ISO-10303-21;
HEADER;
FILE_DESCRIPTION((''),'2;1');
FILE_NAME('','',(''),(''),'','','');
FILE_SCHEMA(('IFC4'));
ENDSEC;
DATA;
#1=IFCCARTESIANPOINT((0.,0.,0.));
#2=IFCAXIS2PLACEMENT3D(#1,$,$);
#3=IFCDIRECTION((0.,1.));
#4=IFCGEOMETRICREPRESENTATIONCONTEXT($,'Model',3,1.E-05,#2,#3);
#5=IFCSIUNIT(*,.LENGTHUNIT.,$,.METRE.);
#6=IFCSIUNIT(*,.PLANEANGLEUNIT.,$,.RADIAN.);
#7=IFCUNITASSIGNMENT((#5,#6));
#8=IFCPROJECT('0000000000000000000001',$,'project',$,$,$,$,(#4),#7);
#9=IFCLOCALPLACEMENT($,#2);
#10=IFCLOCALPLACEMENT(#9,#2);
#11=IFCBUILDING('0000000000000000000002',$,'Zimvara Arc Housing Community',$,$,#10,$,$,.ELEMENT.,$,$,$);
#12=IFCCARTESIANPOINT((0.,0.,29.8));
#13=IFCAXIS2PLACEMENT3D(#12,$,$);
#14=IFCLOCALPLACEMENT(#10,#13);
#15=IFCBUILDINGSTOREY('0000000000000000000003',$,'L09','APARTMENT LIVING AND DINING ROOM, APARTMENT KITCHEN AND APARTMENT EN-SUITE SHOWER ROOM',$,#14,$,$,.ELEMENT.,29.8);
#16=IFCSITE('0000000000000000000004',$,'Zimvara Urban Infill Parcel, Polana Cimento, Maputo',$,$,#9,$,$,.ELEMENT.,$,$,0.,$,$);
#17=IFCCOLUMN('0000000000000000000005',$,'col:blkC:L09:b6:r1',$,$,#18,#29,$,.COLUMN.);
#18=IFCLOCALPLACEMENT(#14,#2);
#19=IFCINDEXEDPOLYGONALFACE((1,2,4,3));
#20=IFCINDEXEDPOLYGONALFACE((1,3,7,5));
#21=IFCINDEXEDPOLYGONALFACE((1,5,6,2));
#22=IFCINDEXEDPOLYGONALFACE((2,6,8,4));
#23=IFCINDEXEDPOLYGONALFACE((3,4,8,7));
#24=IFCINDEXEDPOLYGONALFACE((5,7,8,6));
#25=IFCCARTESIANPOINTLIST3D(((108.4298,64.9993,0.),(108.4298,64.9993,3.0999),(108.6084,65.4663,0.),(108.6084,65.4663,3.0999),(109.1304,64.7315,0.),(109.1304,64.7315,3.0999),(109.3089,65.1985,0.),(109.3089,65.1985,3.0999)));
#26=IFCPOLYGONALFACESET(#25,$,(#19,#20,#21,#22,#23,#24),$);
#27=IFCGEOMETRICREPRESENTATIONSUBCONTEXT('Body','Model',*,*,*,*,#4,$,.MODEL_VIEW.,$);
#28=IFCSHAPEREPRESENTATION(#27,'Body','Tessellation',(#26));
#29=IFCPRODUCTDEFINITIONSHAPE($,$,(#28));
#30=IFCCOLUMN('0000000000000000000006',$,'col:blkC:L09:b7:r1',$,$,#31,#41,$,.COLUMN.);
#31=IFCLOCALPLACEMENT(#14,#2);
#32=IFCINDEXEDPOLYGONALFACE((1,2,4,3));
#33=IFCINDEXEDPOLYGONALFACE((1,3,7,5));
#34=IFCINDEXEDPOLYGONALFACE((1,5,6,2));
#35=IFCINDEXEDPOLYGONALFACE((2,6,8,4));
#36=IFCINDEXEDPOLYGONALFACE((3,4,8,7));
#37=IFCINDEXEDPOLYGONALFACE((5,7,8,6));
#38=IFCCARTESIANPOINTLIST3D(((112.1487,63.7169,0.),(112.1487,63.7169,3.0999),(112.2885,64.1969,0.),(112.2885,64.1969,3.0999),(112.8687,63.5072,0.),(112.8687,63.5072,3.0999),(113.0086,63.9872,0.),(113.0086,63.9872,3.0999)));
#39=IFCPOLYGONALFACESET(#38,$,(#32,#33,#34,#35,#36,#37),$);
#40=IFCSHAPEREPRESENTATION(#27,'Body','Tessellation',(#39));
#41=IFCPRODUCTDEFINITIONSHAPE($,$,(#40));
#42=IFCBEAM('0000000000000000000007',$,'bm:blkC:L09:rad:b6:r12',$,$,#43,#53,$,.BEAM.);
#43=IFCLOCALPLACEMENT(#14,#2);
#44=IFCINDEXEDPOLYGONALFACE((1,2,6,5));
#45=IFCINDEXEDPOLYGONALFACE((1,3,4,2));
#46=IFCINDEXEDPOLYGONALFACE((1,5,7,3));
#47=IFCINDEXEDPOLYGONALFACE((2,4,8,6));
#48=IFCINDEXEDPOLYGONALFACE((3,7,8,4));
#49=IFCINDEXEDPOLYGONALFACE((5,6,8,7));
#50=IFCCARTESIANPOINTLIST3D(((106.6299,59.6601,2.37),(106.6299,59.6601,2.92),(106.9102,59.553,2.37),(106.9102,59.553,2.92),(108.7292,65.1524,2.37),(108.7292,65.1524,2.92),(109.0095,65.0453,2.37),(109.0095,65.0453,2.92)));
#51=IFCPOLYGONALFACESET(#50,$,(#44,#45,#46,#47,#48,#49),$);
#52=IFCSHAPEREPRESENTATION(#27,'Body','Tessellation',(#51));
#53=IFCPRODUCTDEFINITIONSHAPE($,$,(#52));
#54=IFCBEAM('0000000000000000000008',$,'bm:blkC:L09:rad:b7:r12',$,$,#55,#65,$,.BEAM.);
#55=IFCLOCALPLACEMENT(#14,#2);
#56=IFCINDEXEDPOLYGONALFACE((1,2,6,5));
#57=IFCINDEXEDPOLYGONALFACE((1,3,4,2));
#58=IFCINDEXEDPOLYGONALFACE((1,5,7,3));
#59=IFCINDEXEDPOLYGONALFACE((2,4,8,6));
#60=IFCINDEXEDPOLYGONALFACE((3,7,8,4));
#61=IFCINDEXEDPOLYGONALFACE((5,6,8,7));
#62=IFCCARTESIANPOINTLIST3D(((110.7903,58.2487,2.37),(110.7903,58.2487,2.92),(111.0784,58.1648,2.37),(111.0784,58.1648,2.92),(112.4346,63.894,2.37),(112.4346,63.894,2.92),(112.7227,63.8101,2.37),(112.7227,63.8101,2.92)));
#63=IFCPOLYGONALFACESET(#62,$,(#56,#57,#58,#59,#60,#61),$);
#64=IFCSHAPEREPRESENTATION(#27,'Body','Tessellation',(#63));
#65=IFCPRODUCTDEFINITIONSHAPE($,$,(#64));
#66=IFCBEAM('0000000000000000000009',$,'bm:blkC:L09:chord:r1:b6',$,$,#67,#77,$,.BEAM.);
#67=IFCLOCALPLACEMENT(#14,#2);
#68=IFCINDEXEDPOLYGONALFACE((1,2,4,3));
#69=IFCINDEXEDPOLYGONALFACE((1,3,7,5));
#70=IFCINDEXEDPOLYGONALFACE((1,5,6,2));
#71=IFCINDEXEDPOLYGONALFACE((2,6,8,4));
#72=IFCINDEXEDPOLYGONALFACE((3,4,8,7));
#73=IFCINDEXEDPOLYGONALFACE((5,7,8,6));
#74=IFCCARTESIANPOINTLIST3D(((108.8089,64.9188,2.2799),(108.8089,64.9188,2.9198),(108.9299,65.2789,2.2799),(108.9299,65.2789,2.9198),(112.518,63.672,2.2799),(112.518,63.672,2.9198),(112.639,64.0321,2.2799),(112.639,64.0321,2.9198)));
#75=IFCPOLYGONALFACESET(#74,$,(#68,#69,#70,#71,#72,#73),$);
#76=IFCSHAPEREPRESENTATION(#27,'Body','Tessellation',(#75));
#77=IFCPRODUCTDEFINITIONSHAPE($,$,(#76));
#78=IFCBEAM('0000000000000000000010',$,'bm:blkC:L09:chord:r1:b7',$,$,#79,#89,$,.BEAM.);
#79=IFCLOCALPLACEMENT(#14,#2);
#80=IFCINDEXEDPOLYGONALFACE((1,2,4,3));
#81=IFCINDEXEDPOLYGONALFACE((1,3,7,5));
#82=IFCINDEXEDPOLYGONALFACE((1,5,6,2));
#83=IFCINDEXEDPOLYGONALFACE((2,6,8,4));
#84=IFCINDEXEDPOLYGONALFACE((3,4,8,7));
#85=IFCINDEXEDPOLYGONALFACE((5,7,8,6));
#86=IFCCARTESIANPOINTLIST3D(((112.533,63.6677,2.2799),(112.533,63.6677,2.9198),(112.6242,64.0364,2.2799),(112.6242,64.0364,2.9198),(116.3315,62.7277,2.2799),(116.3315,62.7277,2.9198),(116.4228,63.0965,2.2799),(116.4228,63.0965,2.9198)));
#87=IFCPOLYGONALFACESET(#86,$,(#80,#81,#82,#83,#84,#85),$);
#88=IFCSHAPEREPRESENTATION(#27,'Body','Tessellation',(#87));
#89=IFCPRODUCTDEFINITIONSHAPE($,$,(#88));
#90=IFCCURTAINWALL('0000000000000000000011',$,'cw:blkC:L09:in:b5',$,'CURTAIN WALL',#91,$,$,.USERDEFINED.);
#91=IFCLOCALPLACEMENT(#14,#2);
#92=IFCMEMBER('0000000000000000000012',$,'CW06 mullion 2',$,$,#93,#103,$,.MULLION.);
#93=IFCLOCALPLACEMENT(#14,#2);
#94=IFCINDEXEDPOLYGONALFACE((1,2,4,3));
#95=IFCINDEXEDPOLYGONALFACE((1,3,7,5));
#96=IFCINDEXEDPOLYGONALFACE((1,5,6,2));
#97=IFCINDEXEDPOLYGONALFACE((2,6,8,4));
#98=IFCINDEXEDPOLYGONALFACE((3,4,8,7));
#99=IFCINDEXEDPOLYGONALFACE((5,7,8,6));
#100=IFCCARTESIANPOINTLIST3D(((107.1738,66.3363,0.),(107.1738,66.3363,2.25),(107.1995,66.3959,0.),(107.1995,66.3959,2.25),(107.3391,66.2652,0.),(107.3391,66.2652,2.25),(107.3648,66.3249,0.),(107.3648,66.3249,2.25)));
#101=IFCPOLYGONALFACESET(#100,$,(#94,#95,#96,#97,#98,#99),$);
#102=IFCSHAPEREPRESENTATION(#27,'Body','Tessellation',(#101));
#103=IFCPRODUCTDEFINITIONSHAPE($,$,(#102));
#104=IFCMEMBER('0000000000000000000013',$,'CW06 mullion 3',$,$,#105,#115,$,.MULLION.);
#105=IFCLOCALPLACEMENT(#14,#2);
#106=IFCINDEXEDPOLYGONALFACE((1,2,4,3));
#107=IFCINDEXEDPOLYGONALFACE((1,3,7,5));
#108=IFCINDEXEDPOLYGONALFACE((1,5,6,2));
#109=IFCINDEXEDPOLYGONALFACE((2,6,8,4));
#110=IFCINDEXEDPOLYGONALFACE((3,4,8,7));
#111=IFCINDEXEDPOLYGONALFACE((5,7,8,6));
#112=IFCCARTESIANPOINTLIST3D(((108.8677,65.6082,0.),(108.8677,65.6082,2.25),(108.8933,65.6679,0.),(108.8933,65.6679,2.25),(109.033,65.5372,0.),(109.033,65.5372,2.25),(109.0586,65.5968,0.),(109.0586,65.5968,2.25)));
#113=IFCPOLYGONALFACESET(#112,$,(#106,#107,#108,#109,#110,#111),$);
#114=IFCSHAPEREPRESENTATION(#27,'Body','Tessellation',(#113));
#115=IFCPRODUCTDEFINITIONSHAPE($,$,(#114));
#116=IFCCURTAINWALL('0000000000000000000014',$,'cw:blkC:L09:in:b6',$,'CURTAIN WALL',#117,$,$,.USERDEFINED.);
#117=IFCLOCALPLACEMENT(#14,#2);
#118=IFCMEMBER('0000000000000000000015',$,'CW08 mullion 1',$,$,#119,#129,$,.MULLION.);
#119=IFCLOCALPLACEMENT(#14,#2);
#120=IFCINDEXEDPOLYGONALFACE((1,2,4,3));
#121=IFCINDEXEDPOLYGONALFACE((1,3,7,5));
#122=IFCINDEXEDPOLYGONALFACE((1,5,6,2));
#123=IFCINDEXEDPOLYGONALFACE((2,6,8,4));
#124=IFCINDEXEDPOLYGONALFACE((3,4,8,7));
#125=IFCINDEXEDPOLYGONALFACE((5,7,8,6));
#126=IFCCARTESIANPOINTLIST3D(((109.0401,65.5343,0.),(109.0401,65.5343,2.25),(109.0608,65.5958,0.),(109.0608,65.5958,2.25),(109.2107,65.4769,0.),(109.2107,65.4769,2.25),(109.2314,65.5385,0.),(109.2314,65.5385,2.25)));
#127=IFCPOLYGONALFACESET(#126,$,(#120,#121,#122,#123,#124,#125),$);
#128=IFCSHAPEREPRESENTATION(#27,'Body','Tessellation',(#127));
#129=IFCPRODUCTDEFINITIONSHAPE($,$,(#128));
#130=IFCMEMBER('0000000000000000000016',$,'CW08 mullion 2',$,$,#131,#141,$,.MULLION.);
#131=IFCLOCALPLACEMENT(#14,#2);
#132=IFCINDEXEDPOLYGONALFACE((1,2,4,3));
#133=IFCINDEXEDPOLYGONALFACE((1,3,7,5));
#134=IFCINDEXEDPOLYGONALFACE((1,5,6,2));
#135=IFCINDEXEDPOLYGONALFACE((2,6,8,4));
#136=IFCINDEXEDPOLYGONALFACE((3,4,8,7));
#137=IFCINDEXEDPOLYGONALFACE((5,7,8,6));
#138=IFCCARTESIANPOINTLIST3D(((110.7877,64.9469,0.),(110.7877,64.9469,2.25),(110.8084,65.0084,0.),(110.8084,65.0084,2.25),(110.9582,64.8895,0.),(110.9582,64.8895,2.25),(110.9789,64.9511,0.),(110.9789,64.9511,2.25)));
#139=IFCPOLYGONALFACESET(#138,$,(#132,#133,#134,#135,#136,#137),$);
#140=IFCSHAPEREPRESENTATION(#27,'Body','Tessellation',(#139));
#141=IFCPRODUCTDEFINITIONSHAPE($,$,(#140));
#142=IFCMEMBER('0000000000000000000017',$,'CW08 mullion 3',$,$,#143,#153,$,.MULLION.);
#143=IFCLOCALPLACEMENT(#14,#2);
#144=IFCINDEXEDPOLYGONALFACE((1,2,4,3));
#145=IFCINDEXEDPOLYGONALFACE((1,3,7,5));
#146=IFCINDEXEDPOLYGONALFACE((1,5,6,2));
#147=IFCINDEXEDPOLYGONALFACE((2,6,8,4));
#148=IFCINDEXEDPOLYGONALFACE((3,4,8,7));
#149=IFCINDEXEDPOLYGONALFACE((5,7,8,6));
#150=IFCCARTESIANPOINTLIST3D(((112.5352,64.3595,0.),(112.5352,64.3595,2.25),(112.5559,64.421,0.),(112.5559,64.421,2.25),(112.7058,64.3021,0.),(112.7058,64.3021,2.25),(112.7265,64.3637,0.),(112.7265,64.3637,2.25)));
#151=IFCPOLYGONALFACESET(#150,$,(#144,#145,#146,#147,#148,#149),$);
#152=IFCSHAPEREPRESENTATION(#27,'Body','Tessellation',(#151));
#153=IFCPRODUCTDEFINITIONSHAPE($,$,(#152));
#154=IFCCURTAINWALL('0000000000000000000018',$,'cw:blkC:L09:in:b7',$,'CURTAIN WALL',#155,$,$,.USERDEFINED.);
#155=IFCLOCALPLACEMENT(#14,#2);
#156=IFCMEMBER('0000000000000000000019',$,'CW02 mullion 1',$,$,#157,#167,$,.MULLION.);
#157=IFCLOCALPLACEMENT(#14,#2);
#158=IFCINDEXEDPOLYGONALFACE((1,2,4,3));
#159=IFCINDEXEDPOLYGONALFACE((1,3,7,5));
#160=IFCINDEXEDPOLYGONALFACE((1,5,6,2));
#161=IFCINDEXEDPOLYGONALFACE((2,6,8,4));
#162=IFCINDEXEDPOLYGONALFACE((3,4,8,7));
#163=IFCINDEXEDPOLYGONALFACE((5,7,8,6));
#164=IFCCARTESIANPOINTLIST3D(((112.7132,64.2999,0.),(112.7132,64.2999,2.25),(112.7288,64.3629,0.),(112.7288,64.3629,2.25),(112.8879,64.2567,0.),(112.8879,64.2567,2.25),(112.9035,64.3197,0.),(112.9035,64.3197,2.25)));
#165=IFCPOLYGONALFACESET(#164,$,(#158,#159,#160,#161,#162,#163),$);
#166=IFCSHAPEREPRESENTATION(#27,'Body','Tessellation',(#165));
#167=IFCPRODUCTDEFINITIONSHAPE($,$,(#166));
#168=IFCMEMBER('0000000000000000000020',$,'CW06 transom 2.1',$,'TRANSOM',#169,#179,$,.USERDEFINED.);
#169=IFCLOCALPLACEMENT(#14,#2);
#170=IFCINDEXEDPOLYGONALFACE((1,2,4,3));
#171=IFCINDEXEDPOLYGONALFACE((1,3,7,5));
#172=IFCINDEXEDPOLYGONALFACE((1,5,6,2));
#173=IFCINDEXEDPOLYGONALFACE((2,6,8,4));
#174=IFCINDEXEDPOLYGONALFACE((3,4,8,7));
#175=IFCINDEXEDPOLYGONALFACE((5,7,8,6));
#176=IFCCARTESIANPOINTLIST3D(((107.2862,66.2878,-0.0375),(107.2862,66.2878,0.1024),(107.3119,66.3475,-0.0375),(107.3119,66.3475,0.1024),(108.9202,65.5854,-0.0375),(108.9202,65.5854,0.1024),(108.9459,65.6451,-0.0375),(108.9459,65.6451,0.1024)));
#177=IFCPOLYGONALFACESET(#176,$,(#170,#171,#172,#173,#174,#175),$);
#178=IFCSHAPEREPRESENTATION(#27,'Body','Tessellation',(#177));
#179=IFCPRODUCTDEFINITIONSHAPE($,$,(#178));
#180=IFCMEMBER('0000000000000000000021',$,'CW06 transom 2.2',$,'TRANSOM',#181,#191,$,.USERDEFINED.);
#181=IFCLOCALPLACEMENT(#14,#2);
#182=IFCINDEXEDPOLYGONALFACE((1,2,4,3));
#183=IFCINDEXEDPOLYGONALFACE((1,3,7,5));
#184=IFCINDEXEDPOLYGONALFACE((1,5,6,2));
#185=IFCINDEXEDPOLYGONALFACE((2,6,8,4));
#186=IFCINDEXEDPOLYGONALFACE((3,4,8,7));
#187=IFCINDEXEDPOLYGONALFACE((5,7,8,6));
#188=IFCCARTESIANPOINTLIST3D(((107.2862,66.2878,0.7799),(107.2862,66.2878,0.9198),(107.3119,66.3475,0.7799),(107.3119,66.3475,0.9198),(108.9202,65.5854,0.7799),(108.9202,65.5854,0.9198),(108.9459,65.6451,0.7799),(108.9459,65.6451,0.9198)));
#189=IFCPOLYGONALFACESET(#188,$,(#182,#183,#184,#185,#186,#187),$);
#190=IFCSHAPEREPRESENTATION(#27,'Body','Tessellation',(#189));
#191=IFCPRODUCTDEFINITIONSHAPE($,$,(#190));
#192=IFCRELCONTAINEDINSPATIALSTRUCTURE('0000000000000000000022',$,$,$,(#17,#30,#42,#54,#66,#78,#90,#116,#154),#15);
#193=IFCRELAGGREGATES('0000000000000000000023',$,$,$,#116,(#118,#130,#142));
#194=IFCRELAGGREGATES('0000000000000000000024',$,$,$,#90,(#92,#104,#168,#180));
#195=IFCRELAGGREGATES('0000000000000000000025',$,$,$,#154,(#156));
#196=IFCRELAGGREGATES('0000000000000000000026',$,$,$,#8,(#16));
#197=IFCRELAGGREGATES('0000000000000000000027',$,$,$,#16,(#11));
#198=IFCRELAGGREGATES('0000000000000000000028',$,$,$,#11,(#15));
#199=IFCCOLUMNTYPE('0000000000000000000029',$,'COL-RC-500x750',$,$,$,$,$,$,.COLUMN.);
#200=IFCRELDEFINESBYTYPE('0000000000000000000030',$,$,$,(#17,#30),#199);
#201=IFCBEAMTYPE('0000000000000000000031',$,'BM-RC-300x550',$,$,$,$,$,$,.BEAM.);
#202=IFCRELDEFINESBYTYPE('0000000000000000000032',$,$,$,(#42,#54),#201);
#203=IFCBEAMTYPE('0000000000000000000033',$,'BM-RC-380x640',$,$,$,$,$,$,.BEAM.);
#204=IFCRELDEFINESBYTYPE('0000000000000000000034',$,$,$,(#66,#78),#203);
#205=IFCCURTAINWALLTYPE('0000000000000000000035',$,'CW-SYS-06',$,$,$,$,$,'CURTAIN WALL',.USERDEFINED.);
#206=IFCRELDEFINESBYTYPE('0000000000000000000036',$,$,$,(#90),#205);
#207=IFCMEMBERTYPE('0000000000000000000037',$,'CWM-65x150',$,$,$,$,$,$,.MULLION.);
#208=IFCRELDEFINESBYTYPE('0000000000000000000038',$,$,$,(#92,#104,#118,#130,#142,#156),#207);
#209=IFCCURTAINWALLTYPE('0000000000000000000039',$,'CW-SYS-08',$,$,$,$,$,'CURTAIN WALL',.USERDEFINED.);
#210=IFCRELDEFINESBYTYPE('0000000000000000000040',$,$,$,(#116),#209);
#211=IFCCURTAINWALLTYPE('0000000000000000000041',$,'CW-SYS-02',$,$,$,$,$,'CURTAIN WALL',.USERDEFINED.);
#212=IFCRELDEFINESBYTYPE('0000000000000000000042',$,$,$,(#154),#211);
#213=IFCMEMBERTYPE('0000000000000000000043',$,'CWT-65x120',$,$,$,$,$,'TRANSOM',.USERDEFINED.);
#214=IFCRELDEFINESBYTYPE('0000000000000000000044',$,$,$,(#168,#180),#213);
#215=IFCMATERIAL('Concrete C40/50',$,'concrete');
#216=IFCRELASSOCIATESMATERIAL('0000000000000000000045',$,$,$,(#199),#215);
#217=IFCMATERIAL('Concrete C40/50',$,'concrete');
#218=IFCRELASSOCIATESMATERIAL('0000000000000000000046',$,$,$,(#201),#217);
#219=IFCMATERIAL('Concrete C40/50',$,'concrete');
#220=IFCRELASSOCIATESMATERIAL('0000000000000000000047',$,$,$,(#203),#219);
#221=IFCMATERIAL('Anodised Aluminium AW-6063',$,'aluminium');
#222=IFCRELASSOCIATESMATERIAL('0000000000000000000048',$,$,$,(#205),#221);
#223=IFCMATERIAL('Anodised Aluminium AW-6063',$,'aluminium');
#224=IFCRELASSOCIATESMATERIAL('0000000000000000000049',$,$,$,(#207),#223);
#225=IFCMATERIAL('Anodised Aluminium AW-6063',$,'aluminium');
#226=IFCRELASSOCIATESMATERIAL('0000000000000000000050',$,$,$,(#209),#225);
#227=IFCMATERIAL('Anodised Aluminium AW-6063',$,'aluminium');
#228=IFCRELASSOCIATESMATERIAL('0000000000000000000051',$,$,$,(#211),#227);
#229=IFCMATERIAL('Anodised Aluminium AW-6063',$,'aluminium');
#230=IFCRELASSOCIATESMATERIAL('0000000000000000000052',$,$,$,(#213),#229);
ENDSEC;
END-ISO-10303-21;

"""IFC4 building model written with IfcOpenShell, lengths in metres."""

from ifc_helpers import new_model, si_unit, direction, frame, origin, origin_2d, place, context, subcontext, project, spatial, rectangle, extrude, material, material_profile, profile_set, type_object, element, aggregate, save


model = new_model("IFC4")

# Units and contexts
model_context = context("Model", 3, precision=1e-05, world=origin(), true_north=direction((0.0, 1.0)))
body_context = subcontext(model_context, "Body", "Model", "MODEL_VIEW")
ifc_project = project(units=[si_unit("LENGTHUNIT", "METRE"), si_unit("PLANEANGLEUNIT", "RADIAN")], contexts=[model_context])

# Site, building, storey
site_placement = place(None, origin())
site = spatial("IfcSite", under=ifc_project, at=site_placement, Name="Zimvara Urban Infill Parcel, Polana Cimento, Maputo", CompositionType="ELEMENT", RefElevation=0.0)
building_placement = place(site_placement, origin())
building = spatial("IfcBuilding", under=site, at=building_placement, Name="Zimvara Arc Housing Community", CompositionType="ELEMENT")
storey_placement = place(building_placement, frame((0.0, 0.0, 29.8)))
storey = spatial("IfcBuildingStorey", under=building, at=storey_placement, Name="L09", Description="APARTMENT LIVING AND DINING ROOM, APARTMENT KITCHEN AND APARTMENT EN-SUITE SHOWER ROOM", CompositionType="ELEMENT", Elevation=29.8)

# Columns
ifc_material_1 = material(Name="Concrete C40/50", Category="concrete")
ifc_material_profile_1 = material_profile(ifc_material_1, rectangle(XDim=0.5, YDim=0.75, at=origin_2d()), Name="RC 500x750")
ifc_profile_set_1 = profile_set([ifc_material_profile_1], Name="Concrete C40/50")
column_type = type_object("IfcColumnType", Name="COL-RC-500x750", PredefinedType="COLUMN", material=ifc_profile_set_1)
for number, where, z_axis, x_axis, name in (
    (1, (108.8694, 65.0989, 0.0), (0.0, 0.0, 1.0), (-0.357064, -0.93408, 0.0), "col:blkC:L09:b6:r1"),
    (2, (112.5786, 63.8521, 0.0), (0.0, 0.0, 1.0), (-0.279661, -0.960099, 0.0), "col:blkC:L09:b7:r1"),
):
    element("IfcColumn", number, at=place(storey_placement, frame(where, z_axis=z_axis, x_axis=x_axis)), inside=storey, type_object=column_type, Name=name, PredefinedType="COLUMN", context=body_context, shape_type="SweptSolid", body=[
        extrude(rectangle(XDim=0.5, YDim=0.75, at=origin_2d()), origin(), (0.0, 0.0, 1.0), 3.0999),
    ])

# Beams
ifc_material_2 = material(Name="Concrete C40/50", Category="concrete")
ifc_material_profile_2 = material_profile(ifc_material_2, rectangle(XDim=0.3, YDim=0.55, at=origin_2d()), Name="RC 300x550")
ifc_profile_set_2 = profile_set([ifc_material_profile_2], Name="Concrete C40/50")
beam_type_1 = type_object("IfcBeamType", Name="BM-RC-300x550", PredefinedType="BEAM", material=ifc_profile_set_2)
for number, where, z_axis, x_axis, name in (
    (3, (108.8694, 65.0989, 2.645), (-0.357036, -0.934091, 0.0), (0.934091, -0.357036, 0.0), "bm:blkC:L09:rad:b6:r12"),
    (4, (112.5786, 63.8521, 2.645), (-0.279648, -0.960103, 0.0), (0.960103, -0.279648, 0.0), "bm:blkC:L09:rad:b7:r12"),
):
    element("IfcBeam", number, at=place(storey_placement, frame(where, z_axis=z_axis, x_axis=x_axis)), inside=storey, type_object=beam_type_1, Name=name, PredefinedType="BEAM", context=body_context, shape_type="SweptSolid", body=[
        extrude(rectangle(XDim=0.3, YDim=0.55, at=origin_2d()), origin(), (0.0, 0.0, 1.0), 5.8799),
    ])
ifc_material_3 = material(Name="Concrete C40/50", Category="concrete")
ifc_material_profile_3 = material_profile(ifc_material_3, rectangle(XDim=0.3799, YDim=0.6399, at=origin_2d()), Name="RC 380x640")
ifc_profile_set_3 = profile_set([ifc_material_profile_3], Name="Concrete C40/50")
beam_type_2 = type_object("IfcBeamType", Name="BM-RC-380x640", PredefinedType="BEAM", material=ifc_profile_set_3)
for number, where, z_axis, x_axis, name in (
    (5, (108.8694, 65.0989, 2.5999), (0.947882, -0.318623, 0.0), (0.318623, 0.947882, 0.0), "bm:blkC:L09:chord:r1:b6"),
    (6, (112.5786, 63.8521, 2.5999), (0.970723, -0.240201, 0.0), (0.240201, 0.970723, 0.0), "bm:blkC:L09:chord:r1:b7"),
):
    element("IfcBeam", number, at=place(storey_placement, frame(where, z_axis=z_axis, x_axis=x_axis)), inside=storey, type_object=beam_type_2, Name=name, PredefinedType="BEAM", context=body_context, shape_type="SweptSolid", body=[
        extrude(rectangle(XDim=0.3799, YDim=0.6399, at=origin_2d()), origin(), (0.0, 0.0, 1.0), 3.9131),
    ])

# Curtain walls, members
ifc_material_4 = material(Name="Anodised Aluminium AW-6063", Category="aluminium")
curtain_wall_type_1 = type_object("IfcCurtainWallType", Name="CW-SYS-06", ElementType="CURTAIN WALL", PredefinedType="USERDEFINED", material=ifc_material_4)
curtain_wall_1_placement = place(storey_placement, origin())
curtain_wall_1 = element("IfcCurtainWall", 7, at=curtain_wall_1_placement, inside=storey, type_object=curtain_wall_type_1, Name="cw:blkC:L09:in:b5", ObjectType="CURTAIN WALL", PredefinedType="USERDEFINED")
ifc_material_5 = material(Name="Anodised Aluminium AW-6063", Category="aluminium")
ifc_material_profile_4 = material_profile(ifc_material_5, rectangle(XDim=0.0649, YDim=0.1799, at=origin_2d()), Name="ALU 65x180")
ifc_profile_set_4 = profile_set([ifc_material_profile_4], Name="Anodised Aluminium AW-6063")
member_type_1 = type_object("IfcMemberType", Name="CWM-65x150", PredefinedType="MULLION", material=ifc_profile_set_4)
member_1_placement = place(storey_placement, frame((107.2693, 66.3306, 0.0), z_axis=(0.0, 0.0, 1.0), x_axis=(0.394904, 0.918722, 0.0)))
member_1 = element("IfcMember", 8, at=member_1_placement, type_object=member_type_1, Name="CW06 mullion 2", PredefinedType="MULLION", context=body_context, shape_type="SweptSolid", body=[
    extrude(rectangle(XDim=0.0649, YDim=0.1799, at=origin_2d()), origin(), (0.0, 0.0, 1.0), 2.25),
])
member_2_placement = place(storey_placement, frame((108.9631, 65.6025, 0.0), z_axis=(0.0, 0.0, 1.0), x_axis=(0.394904, 0.918722, 0.0)))
member_2 = element("IfcMember", 9, at=member_2_placement, type_object=member_type_1, Name="CW06 mullion 3", PredefinedType="MULLION", context=body_context, shape_type="SweptSolid", body=[
    extrude(rectangle(XDim=0.0649, YDim=0.1799, at=origin_2d()), origin(), (0.0, 0.0, 1.0), 2.25),
])
ifc_material_6 = material(Name="Anodised Aluminium AW-6063", Category="aluminium")
curtain_wall_type_2 = type_object("IfcCurtainWallType", Name="CW-SYS-08", ElementType="CURTAIN WALL", PredefinedType="USERDEFINED", material=ifc_material_6)
curtain_wall_2_placement = place(storey_placement, origin())
curtain_wall_2 = element("IfcCurtainWall", 10, at=curtain_wall_2_placement, inside=storey, type_object=curtain_wall_type_2, Name="cw:blkC:L09:in:b6", ObjectType="CURTAIN WALL", PredefinedType="USERDEFINED")
member_3_placement = place(storey_placement, frame((109.1357, 65.5364, 0.0), z_axis=(0.0, 0.0, 1.0), x_axis=(0.318627, 0.94788, 0.0)))
member_3 = element("IfcMember", 11, at=member_3_placement, type_object=member_type_1, Name="CW08 mullion 1", PredefinedType="MULLION", context=body_context, shape_type="SweptSolid", body=[
    extrude(rectangle(XDim=0.0649, YDim=0.1799, at=origin_2d()), origin(), (0.0, 0.0, 1.0), 2.25),
])
member_4_placement = place(storey_placement, frame((110.8833, 64.949, 0.0), z_axis=(0.0, 0.0, 1.0), x_axis=(0.318627, 0.94788, 0.0)))
member_4 = element("IfcMember", 12, at=member_4_placement, type_object=member_type_1, Name="CW08 mullion 2", PredefinedType="MULLION", context=body_context, shape_type="SweptSolid", body=[
    extrude(rectangle(XDim=0.0649, YDim=0.1799, at=origin_2d()), origin(), (0.0, 0.0, 1.0), 2.25),
])
member_5_placement = place(storey_placement, frame((112.6309, 64.3616, 0.0), z_axis=(0.0, 0.0, 1.0), x_axis=(0.318627, 0.94788, 0.0)))
member_5 = element("IfcMember", 13, at=member_5_placement, type_object=member_type_1, Name="CW08 mullion 3", PredefinedType="MULLION", context=body_context, shape_type="SweptSolid", body=[
    extrude(rectangle(XDim=0.0649, YDim=0.1799, at=origin_2d()), origin(), (0.0, 0.0, 1.0), 2.25),
])

# Curtain wall, member
ifc_material_7 = material(Name="Anodised Aluminium AW-6063", Category="aluminium")
curtain_wall_type_3 = type_object("IfcCurtainWallType", Name="CW-SYS-02", ElementType="CURTAIN WALL", PredefinedType="USERDEFINED", material=ifc_material_7)
curtain_wall_3_placement = place(storey_placement, origin())
curtain_wall_3 = element("IfcCurtainWall", 14, at=curtain_wall_3_placement, inside=storey, type_object=curtain_wall_type_3, Name="cw:blkC:L09:in:b7", ObjectType="CURTAIN WALL", PredefinedType="USERDEFINED")
member_6_placement = place(storey_placement, frame((112.8083, 64.3098, 0.0), z_axis=(0.0, 0.0, 1.0), x_axis=(0.240229, 0.970716, 0.0)))
member_6 = element("IfcMember", 15, at=member_6_placement, type_object=member_type_1, Name="CW02 mullion 1", PredefinedType="MULLION", context=body_context, shape_type="SweptSolid", body=[
    extrude(rectangle(XDim=0.0649, YDim=0.1799, at=origin_2d()), origin(), (0.0, 0.0, 1.0), 2.25),
])

# Members
ifc_material_8 = material(Name="Anodised Aluminium AW-6063", Category="aluminium")
ifc_material_profile_5 = material_profile(ifc_material_8, rectangle(XDim=0.0649, YDim=0.1399, at=origin_2d()), Name="ALU 65x140")
ifc_profile_set_5 = profile_set([ifc_material_profile_5], Name="Anodised Aluminium AW-6063")
member_type_2 = type_object("IfcMemberType", Name="CWT-65x120", ElementType="TRANSOM", PredefinedType="USERDEFINED", material=ifc_profile_set_5)
member_7_placement = place(storey_placement, frame((107.2991, 66.3176, 0.0325), z_axis=(0.918718, -0.394913, 0.0), x_axis=(0.394913, 0.918718, 0.0)))
member_7 = element("IfcMember", 16, at=member_7_placement, type_object=member_type_2, Name="CW06 transom 2.1", ObjectType="TRANSOM", PredefinedType="USERDEFINED", context=body_context, shape_type="SweptSolid", body=[
    extrude(rectangle(XDim=0.0649, YDim=0.1399, at=origin_2d()), origin(), (0.0, 0.0, 1.0), 1.7786),
])
member_8_placement = place(storey_placement, frame((107.2991, 66.3176, 0.8499), z_axis=(0.918718, -0.394913, 0.0), x_axis=(0.394913, 0.918718, 0.0)))
member_8 = element("IfcMember", 17, at=member_8_placement, type_object=member_type_2, Name="CW06 transom 2.2", ObjectType="TRANSOM", PredefinedType="USERDEFINED", context=body_context, shape_type="SweptSolid", body=[
    extrude(rectangle(XDim=0.0649, YDim=0.1399, at=origin_2d()), origin(), (0.0, 0.0, 1.0), 1.7786),
])

aggregate(curtain_wall_2, [member_3, member_4, member_5])
aggregate(curtain_wall_1, [member_1, member_2, member_7, member_8])
aggregate(curtain_wall_3, [member_6])

save(model, "model.ifc")
